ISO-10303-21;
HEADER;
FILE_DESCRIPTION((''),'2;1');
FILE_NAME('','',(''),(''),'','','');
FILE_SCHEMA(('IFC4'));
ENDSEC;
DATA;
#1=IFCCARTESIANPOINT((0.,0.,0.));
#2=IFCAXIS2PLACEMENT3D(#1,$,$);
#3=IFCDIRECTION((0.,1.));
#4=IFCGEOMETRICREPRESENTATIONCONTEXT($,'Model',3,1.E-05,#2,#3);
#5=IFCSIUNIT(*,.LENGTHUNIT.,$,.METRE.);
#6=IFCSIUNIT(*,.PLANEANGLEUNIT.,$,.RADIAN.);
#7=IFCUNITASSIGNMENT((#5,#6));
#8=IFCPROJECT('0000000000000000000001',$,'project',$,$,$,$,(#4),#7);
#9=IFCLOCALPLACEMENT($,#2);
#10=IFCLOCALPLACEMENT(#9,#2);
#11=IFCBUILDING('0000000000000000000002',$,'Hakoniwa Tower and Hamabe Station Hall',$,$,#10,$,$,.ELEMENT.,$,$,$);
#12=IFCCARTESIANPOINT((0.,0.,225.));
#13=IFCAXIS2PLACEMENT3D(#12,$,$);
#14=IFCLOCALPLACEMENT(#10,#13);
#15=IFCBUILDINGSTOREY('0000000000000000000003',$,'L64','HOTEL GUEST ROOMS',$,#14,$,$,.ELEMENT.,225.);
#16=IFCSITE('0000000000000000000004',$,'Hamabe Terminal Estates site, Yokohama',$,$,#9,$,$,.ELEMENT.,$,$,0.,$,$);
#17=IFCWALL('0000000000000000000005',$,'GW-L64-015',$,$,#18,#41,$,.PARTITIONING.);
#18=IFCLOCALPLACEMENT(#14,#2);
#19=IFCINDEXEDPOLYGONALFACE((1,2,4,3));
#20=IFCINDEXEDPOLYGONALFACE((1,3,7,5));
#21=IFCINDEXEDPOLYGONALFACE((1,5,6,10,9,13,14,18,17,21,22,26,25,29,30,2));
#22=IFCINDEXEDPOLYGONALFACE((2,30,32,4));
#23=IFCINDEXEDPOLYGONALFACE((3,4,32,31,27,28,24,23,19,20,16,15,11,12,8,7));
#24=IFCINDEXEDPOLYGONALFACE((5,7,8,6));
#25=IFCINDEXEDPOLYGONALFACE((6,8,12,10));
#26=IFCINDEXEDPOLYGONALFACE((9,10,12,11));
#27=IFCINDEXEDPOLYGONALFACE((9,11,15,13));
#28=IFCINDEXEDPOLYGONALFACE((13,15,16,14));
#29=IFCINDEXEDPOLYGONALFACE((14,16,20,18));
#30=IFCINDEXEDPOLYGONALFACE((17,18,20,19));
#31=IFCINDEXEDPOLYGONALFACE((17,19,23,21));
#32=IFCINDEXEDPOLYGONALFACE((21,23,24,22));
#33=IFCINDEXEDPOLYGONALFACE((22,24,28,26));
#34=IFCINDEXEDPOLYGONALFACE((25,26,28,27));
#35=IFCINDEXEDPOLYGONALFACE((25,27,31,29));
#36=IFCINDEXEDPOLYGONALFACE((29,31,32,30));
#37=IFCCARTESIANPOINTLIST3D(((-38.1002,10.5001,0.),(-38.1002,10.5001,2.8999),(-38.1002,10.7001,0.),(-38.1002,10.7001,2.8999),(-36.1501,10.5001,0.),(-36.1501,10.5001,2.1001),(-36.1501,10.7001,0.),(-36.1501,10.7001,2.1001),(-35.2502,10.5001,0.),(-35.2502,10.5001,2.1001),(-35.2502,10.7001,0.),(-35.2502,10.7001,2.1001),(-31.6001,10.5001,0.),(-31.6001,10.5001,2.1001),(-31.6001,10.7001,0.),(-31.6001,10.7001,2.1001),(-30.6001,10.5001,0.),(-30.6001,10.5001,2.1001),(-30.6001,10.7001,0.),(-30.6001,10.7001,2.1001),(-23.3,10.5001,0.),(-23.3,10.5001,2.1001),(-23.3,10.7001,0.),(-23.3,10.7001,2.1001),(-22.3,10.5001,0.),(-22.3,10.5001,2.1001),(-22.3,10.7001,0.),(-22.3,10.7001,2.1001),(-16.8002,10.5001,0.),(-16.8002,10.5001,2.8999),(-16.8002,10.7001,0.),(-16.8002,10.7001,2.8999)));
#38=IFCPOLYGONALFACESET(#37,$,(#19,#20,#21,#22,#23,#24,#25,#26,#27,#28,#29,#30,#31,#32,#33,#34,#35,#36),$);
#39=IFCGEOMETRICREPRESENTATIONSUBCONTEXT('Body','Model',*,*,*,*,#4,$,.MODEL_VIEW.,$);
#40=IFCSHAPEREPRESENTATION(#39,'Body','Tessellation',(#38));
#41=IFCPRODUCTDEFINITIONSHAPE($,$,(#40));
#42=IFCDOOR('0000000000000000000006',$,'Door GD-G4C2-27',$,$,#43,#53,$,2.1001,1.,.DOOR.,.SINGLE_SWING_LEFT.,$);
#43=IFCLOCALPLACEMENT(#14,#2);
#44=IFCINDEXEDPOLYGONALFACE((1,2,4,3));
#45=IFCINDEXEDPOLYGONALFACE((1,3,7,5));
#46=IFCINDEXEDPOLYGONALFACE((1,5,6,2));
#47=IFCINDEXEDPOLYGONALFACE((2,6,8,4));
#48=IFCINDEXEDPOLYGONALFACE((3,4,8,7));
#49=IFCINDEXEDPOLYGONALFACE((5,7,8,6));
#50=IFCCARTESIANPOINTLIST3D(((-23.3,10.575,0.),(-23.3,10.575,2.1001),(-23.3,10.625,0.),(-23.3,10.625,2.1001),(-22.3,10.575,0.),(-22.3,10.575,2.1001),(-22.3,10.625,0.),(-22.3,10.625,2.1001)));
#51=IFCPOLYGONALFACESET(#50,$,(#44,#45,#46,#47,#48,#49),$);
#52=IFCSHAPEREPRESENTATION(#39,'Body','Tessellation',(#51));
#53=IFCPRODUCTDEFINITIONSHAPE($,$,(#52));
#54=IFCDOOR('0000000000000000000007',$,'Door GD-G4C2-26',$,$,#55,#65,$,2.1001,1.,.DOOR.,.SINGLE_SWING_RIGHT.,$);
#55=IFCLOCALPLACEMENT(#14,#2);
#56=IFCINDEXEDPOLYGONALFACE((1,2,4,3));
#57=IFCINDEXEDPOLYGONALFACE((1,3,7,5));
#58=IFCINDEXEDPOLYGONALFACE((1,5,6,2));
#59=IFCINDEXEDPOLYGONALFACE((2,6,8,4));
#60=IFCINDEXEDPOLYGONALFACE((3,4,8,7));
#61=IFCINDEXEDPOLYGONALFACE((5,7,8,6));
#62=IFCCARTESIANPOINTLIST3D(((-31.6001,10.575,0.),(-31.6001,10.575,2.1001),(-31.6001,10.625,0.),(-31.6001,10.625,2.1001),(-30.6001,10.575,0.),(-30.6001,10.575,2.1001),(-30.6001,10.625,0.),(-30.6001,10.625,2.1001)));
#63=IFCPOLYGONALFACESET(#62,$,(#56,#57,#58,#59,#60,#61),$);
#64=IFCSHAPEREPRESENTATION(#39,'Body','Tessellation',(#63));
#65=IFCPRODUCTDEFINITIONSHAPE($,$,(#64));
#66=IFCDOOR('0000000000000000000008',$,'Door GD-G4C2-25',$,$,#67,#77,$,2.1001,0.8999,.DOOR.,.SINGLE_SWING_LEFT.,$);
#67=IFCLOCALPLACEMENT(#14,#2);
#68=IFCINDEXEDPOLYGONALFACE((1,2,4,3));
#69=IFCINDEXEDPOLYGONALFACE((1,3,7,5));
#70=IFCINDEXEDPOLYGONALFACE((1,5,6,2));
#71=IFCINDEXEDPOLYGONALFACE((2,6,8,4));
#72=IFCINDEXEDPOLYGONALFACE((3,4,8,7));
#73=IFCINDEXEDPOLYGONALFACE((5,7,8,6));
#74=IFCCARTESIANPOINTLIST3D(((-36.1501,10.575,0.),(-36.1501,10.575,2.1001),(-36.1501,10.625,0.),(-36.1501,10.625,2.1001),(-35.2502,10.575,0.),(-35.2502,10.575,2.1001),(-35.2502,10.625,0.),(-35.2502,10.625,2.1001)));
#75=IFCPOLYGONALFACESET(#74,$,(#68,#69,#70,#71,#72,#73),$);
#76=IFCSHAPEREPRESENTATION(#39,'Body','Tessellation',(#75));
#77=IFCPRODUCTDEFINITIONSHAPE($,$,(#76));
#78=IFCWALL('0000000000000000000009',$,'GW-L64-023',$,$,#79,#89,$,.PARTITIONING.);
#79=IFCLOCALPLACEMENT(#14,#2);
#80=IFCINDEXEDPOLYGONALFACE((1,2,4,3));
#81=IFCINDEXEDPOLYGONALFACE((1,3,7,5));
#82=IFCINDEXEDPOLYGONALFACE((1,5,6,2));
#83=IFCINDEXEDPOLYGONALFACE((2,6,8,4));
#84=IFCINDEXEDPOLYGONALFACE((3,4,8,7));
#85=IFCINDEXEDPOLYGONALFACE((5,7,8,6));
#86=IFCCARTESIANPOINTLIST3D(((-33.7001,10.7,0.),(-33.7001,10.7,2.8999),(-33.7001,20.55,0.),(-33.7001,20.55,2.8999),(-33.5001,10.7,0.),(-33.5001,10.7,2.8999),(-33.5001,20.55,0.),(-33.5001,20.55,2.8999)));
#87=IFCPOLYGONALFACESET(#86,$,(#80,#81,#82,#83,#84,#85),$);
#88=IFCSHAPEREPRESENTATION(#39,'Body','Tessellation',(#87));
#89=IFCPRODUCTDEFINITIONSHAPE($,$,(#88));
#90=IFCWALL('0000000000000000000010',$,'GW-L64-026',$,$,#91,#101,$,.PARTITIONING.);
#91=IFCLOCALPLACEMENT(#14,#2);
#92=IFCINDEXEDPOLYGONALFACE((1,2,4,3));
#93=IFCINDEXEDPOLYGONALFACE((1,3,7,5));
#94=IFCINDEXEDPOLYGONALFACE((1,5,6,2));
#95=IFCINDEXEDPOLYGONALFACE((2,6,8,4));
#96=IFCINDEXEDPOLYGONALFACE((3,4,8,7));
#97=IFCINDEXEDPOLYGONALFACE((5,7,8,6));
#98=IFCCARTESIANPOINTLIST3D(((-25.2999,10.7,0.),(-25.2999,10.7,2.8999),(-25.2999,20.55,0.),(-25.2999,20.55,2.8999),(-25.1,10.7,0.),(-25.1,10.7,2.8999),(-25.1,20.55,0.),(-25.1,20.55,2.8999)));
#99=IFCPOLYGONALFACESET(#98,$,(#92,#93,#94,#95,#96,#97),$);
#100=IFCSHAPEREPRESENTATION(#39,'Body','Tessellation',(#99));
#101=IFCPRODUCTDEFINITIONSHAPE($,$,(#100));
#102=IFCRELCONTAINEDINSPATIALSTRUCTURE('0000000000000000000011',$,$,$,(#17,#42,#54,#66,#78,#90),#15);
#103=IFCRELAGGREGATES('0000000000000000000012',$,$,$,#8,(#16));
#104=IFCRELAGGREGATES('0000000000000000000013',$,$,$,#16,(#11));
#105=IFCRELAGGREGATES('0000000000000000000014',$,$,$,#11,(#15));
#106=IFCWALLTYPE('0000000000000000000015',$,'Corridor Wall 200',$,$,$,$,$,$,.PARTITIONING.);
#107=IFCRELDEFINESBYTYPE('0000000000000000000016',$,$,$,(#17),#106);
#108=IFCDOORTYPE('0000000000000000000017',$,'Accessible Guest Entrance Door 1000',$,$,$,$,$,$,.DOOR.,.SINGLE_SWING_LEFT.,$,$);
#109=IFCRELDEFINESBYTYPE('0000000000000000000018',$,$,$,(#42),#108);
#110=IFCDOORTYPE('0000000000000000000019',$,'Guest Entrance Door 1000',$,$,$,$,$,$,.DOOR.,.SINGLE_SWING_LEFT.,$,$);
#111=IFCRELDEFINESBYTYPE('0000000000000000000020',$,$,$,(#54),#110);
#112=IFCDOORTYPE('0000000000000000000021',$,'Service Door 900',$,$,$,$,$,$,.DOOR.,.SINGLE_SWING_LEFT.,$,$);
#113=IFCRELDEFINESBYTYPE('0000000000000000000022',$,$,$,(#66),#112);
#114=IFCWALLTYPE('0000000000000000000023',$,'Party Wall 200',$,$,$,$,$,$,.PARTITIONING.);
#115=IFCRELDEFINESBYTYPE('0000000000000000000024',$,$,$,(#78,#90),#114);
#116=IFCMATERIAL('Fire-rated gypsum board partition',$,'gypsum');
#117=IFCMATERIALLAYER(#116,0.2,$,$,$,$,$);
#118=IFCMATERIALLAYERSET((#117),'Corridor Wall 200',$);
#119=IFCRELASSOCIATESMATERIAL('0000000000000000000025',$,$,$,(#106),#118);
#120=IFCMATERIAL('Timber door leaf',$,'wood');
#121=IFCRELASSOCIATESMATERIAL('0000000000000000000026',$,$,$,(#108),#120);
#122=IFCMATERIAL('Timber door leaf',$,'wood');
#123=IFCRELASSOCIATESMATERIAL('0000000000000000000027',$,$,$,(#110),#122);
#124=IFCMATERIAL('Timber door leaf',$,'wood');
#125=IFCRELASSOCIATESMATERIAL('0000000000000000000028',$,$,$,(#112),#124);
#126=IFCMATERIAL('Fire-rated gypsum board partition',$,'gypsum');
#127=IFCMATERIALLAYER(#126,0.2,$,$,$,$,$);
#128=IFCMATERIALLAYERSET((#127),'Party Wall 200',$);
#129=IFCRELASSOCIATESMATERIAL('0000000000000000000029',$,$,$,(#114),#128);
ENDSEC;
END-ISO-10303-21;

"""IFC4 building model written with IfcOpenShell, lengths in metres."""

from ifc_helpers import new_model, si_unit, direction, frame, frame_2d, origin, place, context, subcontext, project, spatial, rectangle, extrude, material, layer, layer_set, type_object, element, fill, save


model = new_model("IFC4")

# Units and contexts
model_context = context("Model", 3, precision=1e-05, world=origin(), true_north=direction((0.0, 1.0)))
body_context = subcontext(model_context, "Body", "Model", "MODEL_VIEW")
ifc_project = project(units=[si_unit("LENGTHUNIT", "METRE"), si_unit("PLANEANGLEUNIT", "RADIAN")], contexts=[model_context])

# Site, building, storey
site_placement = place(None, origin())
site = spatial("IfcSite", under=ifc_project, at=site_placement, Name="Hamabe Terminal Estates site, Yokohama", CompositionType="ELEMENT", RefElevation=0.0)
building_placement = place(site_placement, origin())
building = spatial("IfcBuilding", under=site, at=building_placement, Name="Hakoniwa Tower and Hamabe Station Hall", CompositionType="ELEMENT")
storey_placement = place(building_placement, frame((0.0, 0.0, 225.0)))
storey = spatial("IfcBuildingStorey", under=building, at=storey_placement, Name="L64", Description="HOTEL GUEST ROOMS", CompositionType="ELEMENT", Elevation=225.0)

# Wall, openings, doors
ifc_material_1 = material(Name="Fire-rated gypsum board partition", Category="gypsum")
ifc_layer_1 = layer(ifc_material_1, 0.2)
ifc_layer_set_1 = layer_set([ifc_layer_1], Name="Corridor Wall 200")
wall_type_1 = type_object("IfcWallType", Name="Corridor Wall 200", PredefinedType="PARTITIONING", material=ifc_layer_set_1)
wall_1_placement = place(storey_placement, frame((-38.1001, 10.6001, 0.0), z_axis=(0.0, 0.0, 1.0), x_axis=(1.0, 0.0, 0.0)))
wall_1 = element("IfcWall", 1, at=wall_1_placement, inside=storey, type_object=wall_type_1, Name="GW-L64-015", PredefinedType="PARTITIONING", context=body_context, shape_type="SweptSolid", body=[
    extrude(rectangle(XDim=21.3, YDim=0.2, at=frame_2d((10.6499, 0.0))), origin(), (0.0, 0.0, 1.0), 2.8999),
])
opening_1_placement = place(wall_1_placement, frame((1.95, 0.0, 0.0)))
opening_1 = element("IfcOpeningElement", 2, at=opening_1_placement, cuts=wall_1, PredefinedType="OPENING", context=body_context, shape_type="SweptSolid", body=[
    extrude(rectangle(XDim=0.8999, YDim=2.1001, at=frame_2d((0.45, 1.05))), frame((0.0, 0.1099, 0.0), z_axis=(0.0, -1.0, 0.0), x_axis=(1.0, 0.0, 0.0)), (0.0, 0.0, 1.0), 0.22),
])
opening_2_placement = place(wall_1_placement, frame((6.5, 0.0, 0.0)))
opening_2 = element("IfcOpeningElement", 3, at=opening_2_placement, cuts=wall_1, PredefinedType="OPENING", context=body_context, shape_type="SweptSolid", body=[
    extrude(rectangle(XDim=1.0, YDim=2.1001, at=frame_2d((0.5, 1.05))), frame((0.0, 0.1099, 0.0), z_axis=(0.0, -1.0, 0.0), x_axis=(1.0, 0.0, 0.0)), (0.0, 0.0, 1.0), 0.22),
])
opening_3_placement = place(wall_1_placement, frame((14.8, 0.0, 0.0)))
opening_3 = element("IfcOpeningElement", 4, at=opening_3_placement, cuts=wall_1, PredefinedType="OPENING", context=body_context, shape_type="SweptSolid", body=[
    extrude(rectangle(XDim=1.0, YDim=2.1001, at=frame_2d((0.5, 1.05))), frame((0.0, 0.1099, 0.0), z_axis=(0.0, -1.0, 0.0), x_axis=(1.0, 0.0, 0.0)), (0.0, 0.0, 1.0), 0.22),
])
ifc_material_2 = material(Name="Timber door leaf", Category="wood")
door_type_1 = type_object("IfcDoorType", Name="Accessible Guest Entrance Door 1000", OperationType="SINGLE_SWING_LEFT", PredefinedType="DOOR", material=ifc_material_2)
door_1_placement = place(opening_3_placement, origin())
door_1 = element("IfcDoor", 5, at=door_1_placement, inside=storey, type_object=door_type_1, Name="Door GD-G4C2-27", OperationType="SINGLE_SWING_LEFT", OverallHeight=2.1001, OverallWidth=1.0, PredefinedType="DOOR", context=body_context, shape_type="SweptSolid", body=[
    extrude(rectangle(XDim=1.0, YDim=2.1001, at=frame_2d((0.5, 1.05))), frame((0.0, 0.0249, 0.0), z_axis=(0.0, -1.0, 0.0), x_axis=(1.0, 0.0, 0.0)), (0.0, 0.0, 1.0), 0.05),
])
fill(opening_3, door_1)
ifc_material_3 = material(Name="Timber door leaf", Category="wood")
door_type_2 = type_object("IfcDoorType", Name="Guest Entrance Door 1000", OperationType="SINGLE_SWING_LEFT", PredefinedType="DOOR", material=ifc_material_3)
door_2_placement = place(opening_2_placement, origin())
door_2 = element("IfcDoor", 6, at=door_2_placement, inside=storey, type_object=door_type_2, Name="Door GD-G4C2-26", OperationType="SINGLE_SWING_RIGHT", OverallHeight=2.1001, OverallWidth=1.0, PredefinedType="DOOR", context=body_context, shape_type="SweptSolid", body=[
    extrude(rectangle(XDim=1.0, YDim=2.1001, at=frame_2d((0.5, 1.05))), frame((0.0, 0.0249, 0.0), z_axis=(0.0, -1.0, 0.0), x_axis=(1.0, 0.0, 0.0)), (0.0, 0.0, 1.0), 0.05),
])
fill(opening_2, door_2)
ifc_material_4 = material(Name="Timber door leaf", Category="wood")
door_type_3 = type_object("IfcDoorType", Name="Service Door 900", OperationType="SINGLE_SWING_LEFT", PredefinedType="DOOR", material=ifc_material_4)
door_3_placement = place(opening_1_placement, origin())
door_3 = element("IfcDoor", 7, at=door_3_placement, inside=storey, type_object=door_type_3, Name="Door GD-G4C2-25", OperationType="SINGLE_SWING_LEFT", OverallHeight=2.1001, OverallWidth=0.8999, PredefinedType="DOOR", context=body_context, shape_type="SweptSolid", body=[
    extrude(rectangle(XDim=0.8999, YDim=2.1001, at=frame_2d((0.45, 1.05))), frame((0.0, 0.0249, 0.0), z_axis=(0.0, -1.0, 0.0), x_axis=(1.0, 0.0, 0.0)), (0.0, 0.0, 1.0), 0.05),
])
fill(opening_1, door_3)

# Walls
ifc_material_5 = material(Name="Fire-rated gypsum board partition", Category="gypsum")
ifc_layer_2 = layer(ifc_material_5, 0.2)
ifc_layer_set_2 = layer_set([ifc_layer_2], Name="Party Wall 200")
wall_type_2 = type_object("IfcWallType", Name="Party Wall 200", PredefinedType="PARTITIONING", material=ifc_layer_set_2)
for number, where, z_axis, x_axis, name in (
    (8, (-33.6001, 10.7, 0.0), (0.0, 0.0, 1.0), (0.0, 1.0, 0.0), "GW-L64-023"),
    (9, (-25.2, 10.7, 0.0), (0.0, 0.0, 1.0), (0.0, 1.0, 0.0), "GW-L64-026"),
):
    element("IfcWall", number, at=place(storey_placement, frame(where, z_axis=z_axis, x_axis=x_axis)), inside=storey, type_object=wall_type_2, Name=name, PredefinedType="PARTITIONING", context=body_context, shape_type="SweptSolid", body=[
        extrude(rectangle(XDim=9.8501, YDim=0.2, at=frame_2d((4.925, 0.0))), origin(), (0.0, 0.0, 1.0), 2.8999),
    ])

save(model, "model.ifc")
